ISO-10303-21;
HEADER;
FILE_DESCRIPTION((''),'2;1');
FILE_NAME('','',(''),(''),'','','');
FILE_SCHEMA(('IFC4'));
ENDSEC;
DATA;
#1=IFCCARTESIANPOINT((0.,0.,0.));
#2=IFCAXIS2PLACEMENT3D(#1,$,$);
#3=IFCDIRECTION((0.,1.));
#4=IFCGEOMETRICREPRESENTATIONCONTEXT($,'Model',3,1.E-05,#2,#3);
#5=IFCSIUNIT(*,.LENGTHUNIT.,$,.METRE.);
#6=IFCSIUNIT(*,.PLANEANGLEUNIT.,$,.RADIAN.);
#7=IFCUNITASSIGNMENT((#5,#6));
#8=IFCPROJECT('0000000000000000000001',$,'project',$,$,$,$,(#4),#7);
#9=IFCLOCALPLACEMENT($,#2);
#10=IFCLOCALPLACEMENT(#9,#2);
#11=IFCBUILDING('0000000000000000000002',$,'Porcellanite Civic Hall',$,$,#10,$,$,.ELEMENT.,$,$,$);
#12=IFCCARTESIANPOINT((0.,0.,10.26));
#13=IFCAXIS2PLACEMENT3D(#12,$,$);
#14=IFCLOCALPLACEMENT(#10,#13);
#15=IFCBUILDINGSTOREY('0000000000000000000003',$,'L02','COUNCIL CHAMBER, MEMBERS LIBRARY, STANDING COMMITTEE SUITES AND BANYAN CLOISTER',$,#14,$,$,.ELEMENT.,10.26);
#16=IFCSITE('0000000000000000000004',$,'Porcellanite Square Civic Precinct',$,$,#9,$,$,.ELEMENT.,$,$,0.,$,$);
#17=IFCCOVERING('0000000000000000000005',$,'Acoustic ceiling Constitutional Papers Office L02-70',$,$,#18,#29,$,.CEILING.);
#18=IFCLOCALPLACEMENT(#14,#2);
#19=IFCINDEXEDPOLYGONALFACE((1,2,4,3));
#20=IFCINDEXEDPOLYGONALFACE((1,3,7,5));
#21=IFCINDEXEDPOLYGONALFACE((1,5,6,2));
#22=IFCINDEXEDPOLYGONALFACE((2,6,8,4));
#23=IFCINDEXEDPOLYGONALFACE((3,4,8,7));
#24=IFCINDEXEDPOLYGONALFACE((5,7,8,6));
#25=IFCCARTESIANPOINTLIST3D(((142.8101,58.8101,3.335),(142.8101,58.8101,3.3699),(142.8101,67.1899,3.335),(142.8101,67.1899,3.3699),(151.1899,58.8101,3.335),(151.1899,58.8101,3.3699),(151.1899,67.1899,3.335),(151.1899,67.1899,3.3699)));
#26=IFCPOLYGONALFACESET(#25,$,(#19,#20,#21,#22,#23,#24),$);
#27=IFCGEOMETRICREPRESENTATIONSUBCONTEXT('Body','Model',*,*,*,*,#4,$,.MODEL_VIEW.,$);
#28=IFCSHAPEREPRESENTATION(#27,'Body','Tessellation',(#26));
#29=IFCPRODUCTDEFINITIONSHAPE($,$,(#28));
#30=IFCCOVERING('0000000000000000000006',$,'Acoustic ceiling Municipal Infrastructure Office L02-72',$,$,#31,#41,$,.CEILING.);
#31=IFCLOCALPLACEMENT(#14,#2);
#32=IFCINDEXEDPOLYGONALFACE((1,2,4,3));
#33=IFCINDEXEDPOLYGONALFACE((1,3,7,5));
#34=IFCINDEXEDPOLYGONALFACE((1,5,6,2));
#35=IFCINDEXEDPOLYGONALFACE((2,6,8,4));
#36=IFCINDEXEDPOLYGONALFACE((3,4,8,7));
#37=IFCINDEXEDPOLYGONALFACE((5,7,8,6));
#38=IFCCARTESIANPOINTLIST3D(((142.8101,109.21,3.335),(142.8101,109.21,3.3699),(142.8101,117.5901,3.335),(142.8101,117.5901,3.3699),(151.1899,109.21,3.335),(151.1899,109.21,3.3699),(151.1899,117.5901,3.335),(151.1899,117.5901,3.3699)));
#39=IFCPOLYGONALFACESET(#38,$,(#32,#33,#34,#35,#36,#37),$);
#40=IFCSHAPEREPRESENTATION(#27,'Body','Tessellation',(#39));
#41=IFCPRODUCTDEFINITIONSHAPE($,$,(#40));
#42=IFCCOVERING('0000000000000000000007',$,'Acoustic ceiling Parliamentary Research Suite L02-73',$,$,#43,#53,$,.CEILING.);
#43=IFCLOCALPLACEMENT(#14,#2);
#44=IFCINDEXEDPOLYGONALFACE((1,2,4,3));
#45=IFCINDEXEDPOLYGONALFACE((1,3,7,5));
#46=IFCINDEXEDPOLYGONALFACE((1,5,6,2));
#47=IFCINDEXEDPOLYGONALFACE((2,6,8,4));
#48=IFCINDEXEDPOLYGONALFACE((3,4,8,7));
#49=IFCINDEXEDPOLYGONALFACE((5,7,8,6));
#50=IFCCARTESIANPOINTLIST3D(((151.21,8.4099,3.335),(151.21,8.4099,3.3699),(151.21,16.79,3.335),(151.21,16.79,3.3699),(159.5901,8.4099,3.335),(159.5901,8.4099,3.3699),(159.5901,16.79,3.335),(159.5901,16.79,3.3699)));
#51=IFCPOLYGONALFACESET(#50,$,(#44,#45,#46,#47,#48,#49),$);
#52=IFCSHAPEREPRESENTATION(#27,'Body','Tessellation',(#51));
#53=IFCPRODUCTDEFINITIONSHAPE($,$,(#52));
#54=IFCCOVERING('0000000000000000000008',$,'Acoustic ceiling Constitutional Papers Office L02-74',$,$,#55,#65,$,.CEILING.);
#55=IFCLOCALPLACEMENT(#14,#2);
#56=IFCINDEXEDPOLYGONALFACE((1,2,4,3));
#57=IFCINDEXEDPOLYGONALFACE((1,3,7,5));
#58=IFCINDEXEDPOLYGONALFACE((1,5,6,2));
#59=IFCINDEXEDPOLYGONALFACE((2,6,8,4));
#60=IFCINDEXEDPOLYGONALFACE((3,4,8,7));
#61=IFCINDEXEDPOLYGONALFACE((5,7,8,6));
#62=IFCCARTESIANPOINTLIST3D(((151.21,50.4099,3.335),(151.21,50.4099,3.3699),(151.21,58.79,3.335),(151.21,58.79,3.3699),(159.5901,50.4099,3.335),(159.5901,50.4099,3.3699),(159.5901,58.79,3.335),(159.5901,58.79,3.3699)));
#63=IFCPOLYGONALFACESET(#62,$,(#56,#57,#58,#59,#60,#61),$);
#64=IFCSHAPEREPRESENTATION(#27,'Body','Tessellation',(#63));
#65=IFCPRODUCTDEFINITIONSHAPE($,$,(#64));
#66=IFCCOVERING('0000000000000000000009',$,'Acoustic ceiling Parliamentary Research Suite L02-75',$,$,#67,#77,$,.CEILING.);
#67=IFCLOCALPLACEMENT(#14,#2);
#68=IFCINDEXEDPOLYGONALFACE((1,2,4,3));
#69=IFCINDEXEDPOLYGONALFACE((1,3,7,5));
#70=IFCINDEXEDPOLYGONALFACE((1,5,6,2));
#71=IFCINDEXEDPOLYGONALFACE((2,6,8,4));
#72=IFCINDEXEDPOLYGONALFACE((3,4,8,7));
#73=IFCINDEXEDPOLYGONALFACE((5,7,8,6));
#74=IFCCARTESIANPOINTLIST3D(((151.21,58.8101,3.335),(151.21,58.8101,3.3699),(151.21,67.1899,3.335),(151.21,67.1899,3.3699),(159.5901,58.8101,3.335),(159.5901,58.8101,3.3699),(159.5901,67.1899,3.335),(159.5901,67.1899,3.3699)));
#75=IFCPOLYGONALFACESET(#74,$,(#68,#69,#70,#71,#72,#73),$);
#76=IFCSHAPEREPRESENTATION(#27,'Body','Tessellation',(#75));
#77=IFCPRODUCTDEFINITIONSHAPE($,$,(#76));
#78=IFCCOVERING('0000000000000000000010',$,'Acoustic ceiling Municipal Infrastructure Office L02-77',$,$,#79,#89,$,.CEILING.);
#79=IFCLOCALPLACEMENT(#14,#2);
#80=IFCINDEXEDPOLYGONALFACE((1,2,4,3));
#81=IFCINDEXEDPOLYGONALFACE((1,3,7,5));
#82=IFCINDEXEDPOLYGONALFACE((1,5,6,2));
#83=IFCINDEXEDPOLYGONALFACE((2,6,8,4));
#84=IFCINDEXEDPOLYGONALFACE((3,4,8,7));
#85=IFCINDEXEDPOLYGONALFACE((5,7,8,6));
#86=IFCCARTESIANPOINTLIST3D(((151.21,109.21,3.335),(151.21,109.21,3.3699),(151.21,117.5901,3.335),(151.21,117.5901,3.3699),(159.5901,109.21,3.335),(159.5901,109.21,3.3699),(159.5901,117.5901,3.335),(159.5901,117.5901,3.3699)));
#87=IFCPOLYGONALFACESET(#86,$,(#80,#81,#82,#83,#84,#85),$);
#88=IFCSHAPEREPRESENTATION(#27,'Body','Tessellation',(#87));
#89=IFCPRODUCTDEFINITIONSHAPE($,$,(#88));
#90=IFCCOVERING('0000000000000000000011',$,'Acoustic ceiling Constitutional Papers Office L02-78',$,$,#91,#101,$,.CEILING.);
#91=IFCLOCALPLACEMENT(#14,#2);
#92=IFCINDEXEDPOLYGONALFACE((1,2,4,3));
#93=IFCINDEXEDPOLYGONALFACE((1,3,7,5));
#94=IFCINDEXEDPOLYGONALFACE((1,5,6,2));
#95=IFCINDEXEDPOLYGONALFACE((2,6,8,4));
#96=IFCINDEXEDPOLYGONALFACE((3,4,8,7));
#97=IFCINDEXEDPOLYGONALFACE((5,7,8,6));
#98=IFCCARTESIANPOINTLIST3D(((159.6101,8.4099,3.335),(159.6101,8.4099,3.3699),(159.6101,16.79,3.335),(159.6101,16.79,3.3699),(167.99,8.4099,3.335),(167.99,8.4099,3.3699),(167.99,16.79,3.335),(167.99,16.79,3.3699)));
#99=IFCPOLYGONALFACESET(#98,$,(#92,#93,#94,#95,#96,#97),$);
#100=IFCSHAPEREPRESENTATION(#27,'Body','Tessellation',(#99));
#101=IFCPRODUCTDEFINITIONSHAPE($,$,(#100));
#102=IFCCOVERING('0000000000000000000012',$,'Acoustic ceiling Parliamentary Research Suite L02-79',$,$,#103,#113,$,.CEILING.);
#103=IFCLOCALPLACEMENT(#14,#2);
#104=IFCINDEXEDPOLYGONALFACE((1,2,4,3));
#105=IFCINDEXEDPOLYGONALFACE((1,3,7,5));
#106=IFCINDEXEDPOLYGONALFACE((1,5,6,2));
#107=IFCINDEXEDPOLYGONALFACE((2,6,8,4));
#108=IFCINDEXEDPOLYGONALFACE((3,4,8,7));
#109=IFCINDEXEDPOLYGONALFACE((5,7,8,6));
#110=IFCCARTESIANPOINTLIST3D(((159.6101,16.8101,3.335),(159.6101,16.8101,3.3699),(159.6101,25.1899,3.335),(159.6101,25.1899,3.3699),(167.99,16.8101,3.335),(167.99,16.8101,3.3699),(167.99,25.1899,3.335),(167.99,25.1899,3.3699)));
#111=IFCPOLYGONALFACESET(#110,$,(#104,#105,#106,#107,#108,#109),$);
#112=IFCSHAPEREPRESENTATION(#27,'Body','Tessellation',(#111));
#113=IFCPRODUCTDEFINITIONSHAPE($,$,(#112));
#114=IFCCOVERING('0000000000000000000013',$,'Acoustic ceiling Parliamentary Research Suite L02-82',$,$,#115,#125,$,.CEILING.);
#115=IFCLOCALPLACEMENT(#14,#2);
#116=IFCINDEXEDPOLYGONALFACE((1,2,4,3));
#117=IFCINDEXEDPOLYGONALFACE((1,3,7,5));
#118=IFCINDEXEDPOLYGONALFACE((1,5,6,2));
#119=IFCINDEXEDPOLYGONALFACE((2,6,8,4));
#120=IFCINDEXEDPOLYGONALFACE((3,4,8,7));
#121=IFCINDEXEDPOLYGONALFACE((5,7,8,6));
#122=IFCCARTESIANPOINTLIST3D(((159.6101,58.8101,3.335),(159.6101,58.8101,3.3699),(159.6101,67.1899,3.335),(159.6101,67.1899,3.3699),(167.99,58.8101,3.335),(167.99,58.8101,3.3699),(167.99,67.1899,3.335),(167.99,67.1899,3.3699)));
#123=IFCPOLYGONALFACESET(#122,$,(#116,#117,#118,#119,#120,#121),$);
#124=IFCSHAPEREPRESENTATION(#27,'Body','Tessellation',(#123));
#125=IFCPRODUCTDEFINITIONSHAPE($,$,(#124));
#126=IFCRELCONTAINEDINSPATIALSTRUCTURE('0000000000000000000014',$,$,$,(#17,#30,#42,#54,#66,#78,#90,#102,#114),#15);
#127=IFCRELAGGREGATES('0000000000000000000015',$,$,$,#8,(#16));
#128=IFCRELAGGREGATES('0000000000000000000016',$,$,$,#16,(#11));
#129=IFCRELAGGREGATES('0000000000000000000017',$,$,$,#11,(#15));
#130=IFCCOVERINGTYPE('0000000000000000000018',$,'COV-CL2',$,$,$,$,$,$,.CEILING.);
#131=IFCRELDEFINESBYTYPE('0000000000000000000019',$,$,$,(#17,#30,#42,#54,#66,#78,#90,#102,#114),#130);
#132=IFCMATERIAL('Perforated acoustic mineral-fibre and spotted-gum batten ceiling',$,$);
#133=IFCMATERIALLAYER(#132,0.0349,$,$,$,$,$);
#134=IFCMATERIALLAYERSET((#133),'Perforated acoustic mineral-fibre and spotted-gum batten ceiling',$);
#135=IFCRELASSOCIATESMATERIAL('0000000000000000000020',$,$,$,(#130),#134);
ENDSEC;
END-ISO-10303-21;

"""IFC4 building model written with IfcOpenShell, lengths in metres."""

from ifc_helpers import new_model, si_unit, direction, frame, origin, place, context, subcontext, project, spatial, polyline, outline, extrude, material, layer, layer_set, type_object, element, save


model = new_model("IFC4")

# Units and contexts
model_context = context("Model", 3, precision=1e-05, world=origin(), true_north=direction((0.0, 1.0)))
body_context = subcontext(model_context, "Body", "Model", "MODEL_VIEW")
ifc_project = project(units=[si_unit("LENGTHUNIT", "METRE"), si_unit("PLANEANGLEUNIT", "RADIAN")], contexts=[model_context])

# Site, building, storey
site_placement = place(None, origin())
site = spatial("IfcSite", under=ifc_project, at=site_placement, Name="Porcellanite Square Civic Precinct", CompositionType="ELEMENT", RefElevation=0.0)
building_placement = place(site_placement, origin())
building = spatial("IfcBuilding", under=site, at=building_placement, Name="Porcellanite Civic Hall", CompositionType="ELEMENT")
storey_placement = place(building_placement, frame((0.0, 0.0, 10.26)))
storey = spatial("IfcBuildingStorey", under=building, at=storey_placement, Name="L02", Description="COUNCIL CHAMBER, MEMBERS LIBRARY, STANDING COMMITTEE SUITES AND BANYAN CLOISTER", CompositionType="ELEMENT", Elevation=10.26)

# Coverings
ifc_material_1 = material(Name="Perforated acoustic mineral-fibre and spotted-gum batten ceiling")
ifc_layer_1 = layer(ifc_material_1, 0.0349)
ifc_layer_set_1 = layer_set([ifc_layer_1], Name="Perforated acoustic mineral-fibre and spotted-gum batten ceiling")
covering_type = type_object("IfcCoveringType", Name="COV-CL2", PredefinedType="CEILING", material=ifc_layer_set_1)
covering_1_placement = place(storey_placement, frame((0.0, 0.0, 3.335)))
element("IfcCovering", 1, at=covering_1_placement, inside=storey, type_object=covering_type, Name="Acoustic ceiling Constitutional Papers Office L02-70", PredefinedType="CEILING", context=body_context, shape_type="SweptSolid", body=[
    extrude(outline(polyline([(142.8101, 58.8101), (151.1899, 58.8101), (151.1899, 67.1899), (142.8101, 67.1899), (142.8101, 58.8101)])), origin(), (0.0, 0.0, 1.0), 0.0349),
])
covering_2_placement = place(storey_placement, frame((0.0, 0.0, 3.335)))
element("IfcCovering", 2, at=covering_2_placement, inside=storey, type_object=covering_type, Name="Acoustic ceiling Municipal Infrastructure Office L02-72", PredefinedType="CEILING", context=body_context, shape_type="SweptSolid", body=[
    extrude(outline(polyline([(142.8101, 109.21), (151.1899, 109.21), (151.1899, 117.5901), (142.8101, 117.5901), (142.8101, 109.21)])), origin(), (0.0, 0.0, 1.0), 0.0349),
])
covering_3_placement = place(storey_placement, frame((0.0, 0.0, 3.335)))
element("IfcCovering", 3, at=covering_3_placement, inside=storey, type_object=covering_type, Name="Acoustic ceiling Parliamentary Research Suite L02-73", PredefinedType="CEILING", context=body_context, shape_type="SweptSolid", body=[
    extrude(outline(polyline([(151.21, 8.4099), (159.5901, 8.4099), (159.5901, 16.79), (151.21, 16.79), (151.21, 8.4099)])), origin(), (0.0, 0.0, 1.0), 0.0349),
])
covering_4_placement = place(storey_placement, frame((0.0, 0.0, 3.335)))
element("IfcCovering", 4, at=covering_4_placement, inside=storey, type_object=covering_type, Name="Acoustic ceiling Constitutional Papers Office L02-74", PredefinedType="CEILING", context=body_context, shape_type="SweptSolid", body=[
    extrude(outline(polyline([(151.21, 50.4099), (159.5901, 50.4099), (159.5901, 58.79), (151.21, 58.79), (151.21, 50.4099)])), origin(), (0.0, 0.0, 1.0), 0.0349),
])
covering_5_placement = place(storey_placement, frame((0.0, 0.0, 3.335)))
element("IfcCovering", 5, at=covering_5_placement, inside=storey, type_object=covering_type, Name="Acoustic ceiling Parliamentary Research Suite L02-75", PredefinedType="CEILING", context=body_context, shape_type="SweptSolid", body=[
    extrude(outline(polyline([(151.21, 58.8101), (159.5901, 58.8101), (159.5901, 67.1899), (151.21, 67.1899), (151.21, 58.8101)])), origin(), (0.0, 0.0, 1.0), 0.0349),
])
covering_6_placement = place(storey_placement, frame((0.0, 0.0, 3.335)))
element("IfcCovering", 6, at=covering_6_placement, inside=storey, type_object=covering_type, Name="Acoustic ceiling Municipal Infrastructure Office L02-77", PredefinedType="CEILING", context=body_context, shape_type="SweptSolid", body=[
    extrude(outline(polyline([(151.21, 109.21), (159.5901, 109.21), (159.5901, 117.5901), (151.21, 117.5901), (151.21, 109.21)])), origin(), (0.0, 0.0, 1.0), 0.0349),
])
covering_7_placement = place(storey_placement, frame((0.0, 0.0, 3.335)))
element("IfcCovering", 7, at=covering_7_placement, inside=storey, type_object=covering_type, Name="Acoustic ceiling Constitutional Papers Office L02-78", PredefinedType="CEILING", context=body_context, shape_type="SweptSolid", body=[
    extrude(outline(polyline([(159.6101, 8.4099), (167.99, 8.4099), (167.99, 16.79), (159.6101, 16.79), (159.6101, 8.4099)])), origin(), (0.0, 0.0, 1.0), 0.0349),
])
covering_8_placement = place(storey_placement, frame((0.0, 0.0, 3.335)))
element("IfcCovering", 8, at=covering_8_placement, inside=storey, type_object=covering_type, Name="Acoustic ceiling Parliamentary Research Suite L02-79", PredefinedType="CEILING", context=body_context, shape_type="SweptSolid", body=[
    extrude(outline(polyline([(159.6101, 16.8101), (167.99, 16.8101), (167.99, 25.1899), (159.6101, 25.1899), (159.6101, 16.8101)])), origin(), (0.0, 0.0, 1.0), 0.0349),
])
covering_9_placement = place(storey_placement, frame((0.0, 0.0, 3.335)))
element("IfcCovering", 9, at=covering_9_placement, inside=storey, type_object=covering_type, Name="Acoustic ceiling Parliamentary Research Suite L02-82", PredefinedType="CEILING", context=body_context, shape_type="SweptSolid", body=[
    extrude(outline(polyline([(159.6101, 58.8101), (167.99, 58.8101), (167.99, 67.1899), (159.6101, 67.1899), (159.6101, 58.8101)])), origin(), (0.0, 0.0, 1.0), 0.0349),
])

save(model, "model.ifc")
